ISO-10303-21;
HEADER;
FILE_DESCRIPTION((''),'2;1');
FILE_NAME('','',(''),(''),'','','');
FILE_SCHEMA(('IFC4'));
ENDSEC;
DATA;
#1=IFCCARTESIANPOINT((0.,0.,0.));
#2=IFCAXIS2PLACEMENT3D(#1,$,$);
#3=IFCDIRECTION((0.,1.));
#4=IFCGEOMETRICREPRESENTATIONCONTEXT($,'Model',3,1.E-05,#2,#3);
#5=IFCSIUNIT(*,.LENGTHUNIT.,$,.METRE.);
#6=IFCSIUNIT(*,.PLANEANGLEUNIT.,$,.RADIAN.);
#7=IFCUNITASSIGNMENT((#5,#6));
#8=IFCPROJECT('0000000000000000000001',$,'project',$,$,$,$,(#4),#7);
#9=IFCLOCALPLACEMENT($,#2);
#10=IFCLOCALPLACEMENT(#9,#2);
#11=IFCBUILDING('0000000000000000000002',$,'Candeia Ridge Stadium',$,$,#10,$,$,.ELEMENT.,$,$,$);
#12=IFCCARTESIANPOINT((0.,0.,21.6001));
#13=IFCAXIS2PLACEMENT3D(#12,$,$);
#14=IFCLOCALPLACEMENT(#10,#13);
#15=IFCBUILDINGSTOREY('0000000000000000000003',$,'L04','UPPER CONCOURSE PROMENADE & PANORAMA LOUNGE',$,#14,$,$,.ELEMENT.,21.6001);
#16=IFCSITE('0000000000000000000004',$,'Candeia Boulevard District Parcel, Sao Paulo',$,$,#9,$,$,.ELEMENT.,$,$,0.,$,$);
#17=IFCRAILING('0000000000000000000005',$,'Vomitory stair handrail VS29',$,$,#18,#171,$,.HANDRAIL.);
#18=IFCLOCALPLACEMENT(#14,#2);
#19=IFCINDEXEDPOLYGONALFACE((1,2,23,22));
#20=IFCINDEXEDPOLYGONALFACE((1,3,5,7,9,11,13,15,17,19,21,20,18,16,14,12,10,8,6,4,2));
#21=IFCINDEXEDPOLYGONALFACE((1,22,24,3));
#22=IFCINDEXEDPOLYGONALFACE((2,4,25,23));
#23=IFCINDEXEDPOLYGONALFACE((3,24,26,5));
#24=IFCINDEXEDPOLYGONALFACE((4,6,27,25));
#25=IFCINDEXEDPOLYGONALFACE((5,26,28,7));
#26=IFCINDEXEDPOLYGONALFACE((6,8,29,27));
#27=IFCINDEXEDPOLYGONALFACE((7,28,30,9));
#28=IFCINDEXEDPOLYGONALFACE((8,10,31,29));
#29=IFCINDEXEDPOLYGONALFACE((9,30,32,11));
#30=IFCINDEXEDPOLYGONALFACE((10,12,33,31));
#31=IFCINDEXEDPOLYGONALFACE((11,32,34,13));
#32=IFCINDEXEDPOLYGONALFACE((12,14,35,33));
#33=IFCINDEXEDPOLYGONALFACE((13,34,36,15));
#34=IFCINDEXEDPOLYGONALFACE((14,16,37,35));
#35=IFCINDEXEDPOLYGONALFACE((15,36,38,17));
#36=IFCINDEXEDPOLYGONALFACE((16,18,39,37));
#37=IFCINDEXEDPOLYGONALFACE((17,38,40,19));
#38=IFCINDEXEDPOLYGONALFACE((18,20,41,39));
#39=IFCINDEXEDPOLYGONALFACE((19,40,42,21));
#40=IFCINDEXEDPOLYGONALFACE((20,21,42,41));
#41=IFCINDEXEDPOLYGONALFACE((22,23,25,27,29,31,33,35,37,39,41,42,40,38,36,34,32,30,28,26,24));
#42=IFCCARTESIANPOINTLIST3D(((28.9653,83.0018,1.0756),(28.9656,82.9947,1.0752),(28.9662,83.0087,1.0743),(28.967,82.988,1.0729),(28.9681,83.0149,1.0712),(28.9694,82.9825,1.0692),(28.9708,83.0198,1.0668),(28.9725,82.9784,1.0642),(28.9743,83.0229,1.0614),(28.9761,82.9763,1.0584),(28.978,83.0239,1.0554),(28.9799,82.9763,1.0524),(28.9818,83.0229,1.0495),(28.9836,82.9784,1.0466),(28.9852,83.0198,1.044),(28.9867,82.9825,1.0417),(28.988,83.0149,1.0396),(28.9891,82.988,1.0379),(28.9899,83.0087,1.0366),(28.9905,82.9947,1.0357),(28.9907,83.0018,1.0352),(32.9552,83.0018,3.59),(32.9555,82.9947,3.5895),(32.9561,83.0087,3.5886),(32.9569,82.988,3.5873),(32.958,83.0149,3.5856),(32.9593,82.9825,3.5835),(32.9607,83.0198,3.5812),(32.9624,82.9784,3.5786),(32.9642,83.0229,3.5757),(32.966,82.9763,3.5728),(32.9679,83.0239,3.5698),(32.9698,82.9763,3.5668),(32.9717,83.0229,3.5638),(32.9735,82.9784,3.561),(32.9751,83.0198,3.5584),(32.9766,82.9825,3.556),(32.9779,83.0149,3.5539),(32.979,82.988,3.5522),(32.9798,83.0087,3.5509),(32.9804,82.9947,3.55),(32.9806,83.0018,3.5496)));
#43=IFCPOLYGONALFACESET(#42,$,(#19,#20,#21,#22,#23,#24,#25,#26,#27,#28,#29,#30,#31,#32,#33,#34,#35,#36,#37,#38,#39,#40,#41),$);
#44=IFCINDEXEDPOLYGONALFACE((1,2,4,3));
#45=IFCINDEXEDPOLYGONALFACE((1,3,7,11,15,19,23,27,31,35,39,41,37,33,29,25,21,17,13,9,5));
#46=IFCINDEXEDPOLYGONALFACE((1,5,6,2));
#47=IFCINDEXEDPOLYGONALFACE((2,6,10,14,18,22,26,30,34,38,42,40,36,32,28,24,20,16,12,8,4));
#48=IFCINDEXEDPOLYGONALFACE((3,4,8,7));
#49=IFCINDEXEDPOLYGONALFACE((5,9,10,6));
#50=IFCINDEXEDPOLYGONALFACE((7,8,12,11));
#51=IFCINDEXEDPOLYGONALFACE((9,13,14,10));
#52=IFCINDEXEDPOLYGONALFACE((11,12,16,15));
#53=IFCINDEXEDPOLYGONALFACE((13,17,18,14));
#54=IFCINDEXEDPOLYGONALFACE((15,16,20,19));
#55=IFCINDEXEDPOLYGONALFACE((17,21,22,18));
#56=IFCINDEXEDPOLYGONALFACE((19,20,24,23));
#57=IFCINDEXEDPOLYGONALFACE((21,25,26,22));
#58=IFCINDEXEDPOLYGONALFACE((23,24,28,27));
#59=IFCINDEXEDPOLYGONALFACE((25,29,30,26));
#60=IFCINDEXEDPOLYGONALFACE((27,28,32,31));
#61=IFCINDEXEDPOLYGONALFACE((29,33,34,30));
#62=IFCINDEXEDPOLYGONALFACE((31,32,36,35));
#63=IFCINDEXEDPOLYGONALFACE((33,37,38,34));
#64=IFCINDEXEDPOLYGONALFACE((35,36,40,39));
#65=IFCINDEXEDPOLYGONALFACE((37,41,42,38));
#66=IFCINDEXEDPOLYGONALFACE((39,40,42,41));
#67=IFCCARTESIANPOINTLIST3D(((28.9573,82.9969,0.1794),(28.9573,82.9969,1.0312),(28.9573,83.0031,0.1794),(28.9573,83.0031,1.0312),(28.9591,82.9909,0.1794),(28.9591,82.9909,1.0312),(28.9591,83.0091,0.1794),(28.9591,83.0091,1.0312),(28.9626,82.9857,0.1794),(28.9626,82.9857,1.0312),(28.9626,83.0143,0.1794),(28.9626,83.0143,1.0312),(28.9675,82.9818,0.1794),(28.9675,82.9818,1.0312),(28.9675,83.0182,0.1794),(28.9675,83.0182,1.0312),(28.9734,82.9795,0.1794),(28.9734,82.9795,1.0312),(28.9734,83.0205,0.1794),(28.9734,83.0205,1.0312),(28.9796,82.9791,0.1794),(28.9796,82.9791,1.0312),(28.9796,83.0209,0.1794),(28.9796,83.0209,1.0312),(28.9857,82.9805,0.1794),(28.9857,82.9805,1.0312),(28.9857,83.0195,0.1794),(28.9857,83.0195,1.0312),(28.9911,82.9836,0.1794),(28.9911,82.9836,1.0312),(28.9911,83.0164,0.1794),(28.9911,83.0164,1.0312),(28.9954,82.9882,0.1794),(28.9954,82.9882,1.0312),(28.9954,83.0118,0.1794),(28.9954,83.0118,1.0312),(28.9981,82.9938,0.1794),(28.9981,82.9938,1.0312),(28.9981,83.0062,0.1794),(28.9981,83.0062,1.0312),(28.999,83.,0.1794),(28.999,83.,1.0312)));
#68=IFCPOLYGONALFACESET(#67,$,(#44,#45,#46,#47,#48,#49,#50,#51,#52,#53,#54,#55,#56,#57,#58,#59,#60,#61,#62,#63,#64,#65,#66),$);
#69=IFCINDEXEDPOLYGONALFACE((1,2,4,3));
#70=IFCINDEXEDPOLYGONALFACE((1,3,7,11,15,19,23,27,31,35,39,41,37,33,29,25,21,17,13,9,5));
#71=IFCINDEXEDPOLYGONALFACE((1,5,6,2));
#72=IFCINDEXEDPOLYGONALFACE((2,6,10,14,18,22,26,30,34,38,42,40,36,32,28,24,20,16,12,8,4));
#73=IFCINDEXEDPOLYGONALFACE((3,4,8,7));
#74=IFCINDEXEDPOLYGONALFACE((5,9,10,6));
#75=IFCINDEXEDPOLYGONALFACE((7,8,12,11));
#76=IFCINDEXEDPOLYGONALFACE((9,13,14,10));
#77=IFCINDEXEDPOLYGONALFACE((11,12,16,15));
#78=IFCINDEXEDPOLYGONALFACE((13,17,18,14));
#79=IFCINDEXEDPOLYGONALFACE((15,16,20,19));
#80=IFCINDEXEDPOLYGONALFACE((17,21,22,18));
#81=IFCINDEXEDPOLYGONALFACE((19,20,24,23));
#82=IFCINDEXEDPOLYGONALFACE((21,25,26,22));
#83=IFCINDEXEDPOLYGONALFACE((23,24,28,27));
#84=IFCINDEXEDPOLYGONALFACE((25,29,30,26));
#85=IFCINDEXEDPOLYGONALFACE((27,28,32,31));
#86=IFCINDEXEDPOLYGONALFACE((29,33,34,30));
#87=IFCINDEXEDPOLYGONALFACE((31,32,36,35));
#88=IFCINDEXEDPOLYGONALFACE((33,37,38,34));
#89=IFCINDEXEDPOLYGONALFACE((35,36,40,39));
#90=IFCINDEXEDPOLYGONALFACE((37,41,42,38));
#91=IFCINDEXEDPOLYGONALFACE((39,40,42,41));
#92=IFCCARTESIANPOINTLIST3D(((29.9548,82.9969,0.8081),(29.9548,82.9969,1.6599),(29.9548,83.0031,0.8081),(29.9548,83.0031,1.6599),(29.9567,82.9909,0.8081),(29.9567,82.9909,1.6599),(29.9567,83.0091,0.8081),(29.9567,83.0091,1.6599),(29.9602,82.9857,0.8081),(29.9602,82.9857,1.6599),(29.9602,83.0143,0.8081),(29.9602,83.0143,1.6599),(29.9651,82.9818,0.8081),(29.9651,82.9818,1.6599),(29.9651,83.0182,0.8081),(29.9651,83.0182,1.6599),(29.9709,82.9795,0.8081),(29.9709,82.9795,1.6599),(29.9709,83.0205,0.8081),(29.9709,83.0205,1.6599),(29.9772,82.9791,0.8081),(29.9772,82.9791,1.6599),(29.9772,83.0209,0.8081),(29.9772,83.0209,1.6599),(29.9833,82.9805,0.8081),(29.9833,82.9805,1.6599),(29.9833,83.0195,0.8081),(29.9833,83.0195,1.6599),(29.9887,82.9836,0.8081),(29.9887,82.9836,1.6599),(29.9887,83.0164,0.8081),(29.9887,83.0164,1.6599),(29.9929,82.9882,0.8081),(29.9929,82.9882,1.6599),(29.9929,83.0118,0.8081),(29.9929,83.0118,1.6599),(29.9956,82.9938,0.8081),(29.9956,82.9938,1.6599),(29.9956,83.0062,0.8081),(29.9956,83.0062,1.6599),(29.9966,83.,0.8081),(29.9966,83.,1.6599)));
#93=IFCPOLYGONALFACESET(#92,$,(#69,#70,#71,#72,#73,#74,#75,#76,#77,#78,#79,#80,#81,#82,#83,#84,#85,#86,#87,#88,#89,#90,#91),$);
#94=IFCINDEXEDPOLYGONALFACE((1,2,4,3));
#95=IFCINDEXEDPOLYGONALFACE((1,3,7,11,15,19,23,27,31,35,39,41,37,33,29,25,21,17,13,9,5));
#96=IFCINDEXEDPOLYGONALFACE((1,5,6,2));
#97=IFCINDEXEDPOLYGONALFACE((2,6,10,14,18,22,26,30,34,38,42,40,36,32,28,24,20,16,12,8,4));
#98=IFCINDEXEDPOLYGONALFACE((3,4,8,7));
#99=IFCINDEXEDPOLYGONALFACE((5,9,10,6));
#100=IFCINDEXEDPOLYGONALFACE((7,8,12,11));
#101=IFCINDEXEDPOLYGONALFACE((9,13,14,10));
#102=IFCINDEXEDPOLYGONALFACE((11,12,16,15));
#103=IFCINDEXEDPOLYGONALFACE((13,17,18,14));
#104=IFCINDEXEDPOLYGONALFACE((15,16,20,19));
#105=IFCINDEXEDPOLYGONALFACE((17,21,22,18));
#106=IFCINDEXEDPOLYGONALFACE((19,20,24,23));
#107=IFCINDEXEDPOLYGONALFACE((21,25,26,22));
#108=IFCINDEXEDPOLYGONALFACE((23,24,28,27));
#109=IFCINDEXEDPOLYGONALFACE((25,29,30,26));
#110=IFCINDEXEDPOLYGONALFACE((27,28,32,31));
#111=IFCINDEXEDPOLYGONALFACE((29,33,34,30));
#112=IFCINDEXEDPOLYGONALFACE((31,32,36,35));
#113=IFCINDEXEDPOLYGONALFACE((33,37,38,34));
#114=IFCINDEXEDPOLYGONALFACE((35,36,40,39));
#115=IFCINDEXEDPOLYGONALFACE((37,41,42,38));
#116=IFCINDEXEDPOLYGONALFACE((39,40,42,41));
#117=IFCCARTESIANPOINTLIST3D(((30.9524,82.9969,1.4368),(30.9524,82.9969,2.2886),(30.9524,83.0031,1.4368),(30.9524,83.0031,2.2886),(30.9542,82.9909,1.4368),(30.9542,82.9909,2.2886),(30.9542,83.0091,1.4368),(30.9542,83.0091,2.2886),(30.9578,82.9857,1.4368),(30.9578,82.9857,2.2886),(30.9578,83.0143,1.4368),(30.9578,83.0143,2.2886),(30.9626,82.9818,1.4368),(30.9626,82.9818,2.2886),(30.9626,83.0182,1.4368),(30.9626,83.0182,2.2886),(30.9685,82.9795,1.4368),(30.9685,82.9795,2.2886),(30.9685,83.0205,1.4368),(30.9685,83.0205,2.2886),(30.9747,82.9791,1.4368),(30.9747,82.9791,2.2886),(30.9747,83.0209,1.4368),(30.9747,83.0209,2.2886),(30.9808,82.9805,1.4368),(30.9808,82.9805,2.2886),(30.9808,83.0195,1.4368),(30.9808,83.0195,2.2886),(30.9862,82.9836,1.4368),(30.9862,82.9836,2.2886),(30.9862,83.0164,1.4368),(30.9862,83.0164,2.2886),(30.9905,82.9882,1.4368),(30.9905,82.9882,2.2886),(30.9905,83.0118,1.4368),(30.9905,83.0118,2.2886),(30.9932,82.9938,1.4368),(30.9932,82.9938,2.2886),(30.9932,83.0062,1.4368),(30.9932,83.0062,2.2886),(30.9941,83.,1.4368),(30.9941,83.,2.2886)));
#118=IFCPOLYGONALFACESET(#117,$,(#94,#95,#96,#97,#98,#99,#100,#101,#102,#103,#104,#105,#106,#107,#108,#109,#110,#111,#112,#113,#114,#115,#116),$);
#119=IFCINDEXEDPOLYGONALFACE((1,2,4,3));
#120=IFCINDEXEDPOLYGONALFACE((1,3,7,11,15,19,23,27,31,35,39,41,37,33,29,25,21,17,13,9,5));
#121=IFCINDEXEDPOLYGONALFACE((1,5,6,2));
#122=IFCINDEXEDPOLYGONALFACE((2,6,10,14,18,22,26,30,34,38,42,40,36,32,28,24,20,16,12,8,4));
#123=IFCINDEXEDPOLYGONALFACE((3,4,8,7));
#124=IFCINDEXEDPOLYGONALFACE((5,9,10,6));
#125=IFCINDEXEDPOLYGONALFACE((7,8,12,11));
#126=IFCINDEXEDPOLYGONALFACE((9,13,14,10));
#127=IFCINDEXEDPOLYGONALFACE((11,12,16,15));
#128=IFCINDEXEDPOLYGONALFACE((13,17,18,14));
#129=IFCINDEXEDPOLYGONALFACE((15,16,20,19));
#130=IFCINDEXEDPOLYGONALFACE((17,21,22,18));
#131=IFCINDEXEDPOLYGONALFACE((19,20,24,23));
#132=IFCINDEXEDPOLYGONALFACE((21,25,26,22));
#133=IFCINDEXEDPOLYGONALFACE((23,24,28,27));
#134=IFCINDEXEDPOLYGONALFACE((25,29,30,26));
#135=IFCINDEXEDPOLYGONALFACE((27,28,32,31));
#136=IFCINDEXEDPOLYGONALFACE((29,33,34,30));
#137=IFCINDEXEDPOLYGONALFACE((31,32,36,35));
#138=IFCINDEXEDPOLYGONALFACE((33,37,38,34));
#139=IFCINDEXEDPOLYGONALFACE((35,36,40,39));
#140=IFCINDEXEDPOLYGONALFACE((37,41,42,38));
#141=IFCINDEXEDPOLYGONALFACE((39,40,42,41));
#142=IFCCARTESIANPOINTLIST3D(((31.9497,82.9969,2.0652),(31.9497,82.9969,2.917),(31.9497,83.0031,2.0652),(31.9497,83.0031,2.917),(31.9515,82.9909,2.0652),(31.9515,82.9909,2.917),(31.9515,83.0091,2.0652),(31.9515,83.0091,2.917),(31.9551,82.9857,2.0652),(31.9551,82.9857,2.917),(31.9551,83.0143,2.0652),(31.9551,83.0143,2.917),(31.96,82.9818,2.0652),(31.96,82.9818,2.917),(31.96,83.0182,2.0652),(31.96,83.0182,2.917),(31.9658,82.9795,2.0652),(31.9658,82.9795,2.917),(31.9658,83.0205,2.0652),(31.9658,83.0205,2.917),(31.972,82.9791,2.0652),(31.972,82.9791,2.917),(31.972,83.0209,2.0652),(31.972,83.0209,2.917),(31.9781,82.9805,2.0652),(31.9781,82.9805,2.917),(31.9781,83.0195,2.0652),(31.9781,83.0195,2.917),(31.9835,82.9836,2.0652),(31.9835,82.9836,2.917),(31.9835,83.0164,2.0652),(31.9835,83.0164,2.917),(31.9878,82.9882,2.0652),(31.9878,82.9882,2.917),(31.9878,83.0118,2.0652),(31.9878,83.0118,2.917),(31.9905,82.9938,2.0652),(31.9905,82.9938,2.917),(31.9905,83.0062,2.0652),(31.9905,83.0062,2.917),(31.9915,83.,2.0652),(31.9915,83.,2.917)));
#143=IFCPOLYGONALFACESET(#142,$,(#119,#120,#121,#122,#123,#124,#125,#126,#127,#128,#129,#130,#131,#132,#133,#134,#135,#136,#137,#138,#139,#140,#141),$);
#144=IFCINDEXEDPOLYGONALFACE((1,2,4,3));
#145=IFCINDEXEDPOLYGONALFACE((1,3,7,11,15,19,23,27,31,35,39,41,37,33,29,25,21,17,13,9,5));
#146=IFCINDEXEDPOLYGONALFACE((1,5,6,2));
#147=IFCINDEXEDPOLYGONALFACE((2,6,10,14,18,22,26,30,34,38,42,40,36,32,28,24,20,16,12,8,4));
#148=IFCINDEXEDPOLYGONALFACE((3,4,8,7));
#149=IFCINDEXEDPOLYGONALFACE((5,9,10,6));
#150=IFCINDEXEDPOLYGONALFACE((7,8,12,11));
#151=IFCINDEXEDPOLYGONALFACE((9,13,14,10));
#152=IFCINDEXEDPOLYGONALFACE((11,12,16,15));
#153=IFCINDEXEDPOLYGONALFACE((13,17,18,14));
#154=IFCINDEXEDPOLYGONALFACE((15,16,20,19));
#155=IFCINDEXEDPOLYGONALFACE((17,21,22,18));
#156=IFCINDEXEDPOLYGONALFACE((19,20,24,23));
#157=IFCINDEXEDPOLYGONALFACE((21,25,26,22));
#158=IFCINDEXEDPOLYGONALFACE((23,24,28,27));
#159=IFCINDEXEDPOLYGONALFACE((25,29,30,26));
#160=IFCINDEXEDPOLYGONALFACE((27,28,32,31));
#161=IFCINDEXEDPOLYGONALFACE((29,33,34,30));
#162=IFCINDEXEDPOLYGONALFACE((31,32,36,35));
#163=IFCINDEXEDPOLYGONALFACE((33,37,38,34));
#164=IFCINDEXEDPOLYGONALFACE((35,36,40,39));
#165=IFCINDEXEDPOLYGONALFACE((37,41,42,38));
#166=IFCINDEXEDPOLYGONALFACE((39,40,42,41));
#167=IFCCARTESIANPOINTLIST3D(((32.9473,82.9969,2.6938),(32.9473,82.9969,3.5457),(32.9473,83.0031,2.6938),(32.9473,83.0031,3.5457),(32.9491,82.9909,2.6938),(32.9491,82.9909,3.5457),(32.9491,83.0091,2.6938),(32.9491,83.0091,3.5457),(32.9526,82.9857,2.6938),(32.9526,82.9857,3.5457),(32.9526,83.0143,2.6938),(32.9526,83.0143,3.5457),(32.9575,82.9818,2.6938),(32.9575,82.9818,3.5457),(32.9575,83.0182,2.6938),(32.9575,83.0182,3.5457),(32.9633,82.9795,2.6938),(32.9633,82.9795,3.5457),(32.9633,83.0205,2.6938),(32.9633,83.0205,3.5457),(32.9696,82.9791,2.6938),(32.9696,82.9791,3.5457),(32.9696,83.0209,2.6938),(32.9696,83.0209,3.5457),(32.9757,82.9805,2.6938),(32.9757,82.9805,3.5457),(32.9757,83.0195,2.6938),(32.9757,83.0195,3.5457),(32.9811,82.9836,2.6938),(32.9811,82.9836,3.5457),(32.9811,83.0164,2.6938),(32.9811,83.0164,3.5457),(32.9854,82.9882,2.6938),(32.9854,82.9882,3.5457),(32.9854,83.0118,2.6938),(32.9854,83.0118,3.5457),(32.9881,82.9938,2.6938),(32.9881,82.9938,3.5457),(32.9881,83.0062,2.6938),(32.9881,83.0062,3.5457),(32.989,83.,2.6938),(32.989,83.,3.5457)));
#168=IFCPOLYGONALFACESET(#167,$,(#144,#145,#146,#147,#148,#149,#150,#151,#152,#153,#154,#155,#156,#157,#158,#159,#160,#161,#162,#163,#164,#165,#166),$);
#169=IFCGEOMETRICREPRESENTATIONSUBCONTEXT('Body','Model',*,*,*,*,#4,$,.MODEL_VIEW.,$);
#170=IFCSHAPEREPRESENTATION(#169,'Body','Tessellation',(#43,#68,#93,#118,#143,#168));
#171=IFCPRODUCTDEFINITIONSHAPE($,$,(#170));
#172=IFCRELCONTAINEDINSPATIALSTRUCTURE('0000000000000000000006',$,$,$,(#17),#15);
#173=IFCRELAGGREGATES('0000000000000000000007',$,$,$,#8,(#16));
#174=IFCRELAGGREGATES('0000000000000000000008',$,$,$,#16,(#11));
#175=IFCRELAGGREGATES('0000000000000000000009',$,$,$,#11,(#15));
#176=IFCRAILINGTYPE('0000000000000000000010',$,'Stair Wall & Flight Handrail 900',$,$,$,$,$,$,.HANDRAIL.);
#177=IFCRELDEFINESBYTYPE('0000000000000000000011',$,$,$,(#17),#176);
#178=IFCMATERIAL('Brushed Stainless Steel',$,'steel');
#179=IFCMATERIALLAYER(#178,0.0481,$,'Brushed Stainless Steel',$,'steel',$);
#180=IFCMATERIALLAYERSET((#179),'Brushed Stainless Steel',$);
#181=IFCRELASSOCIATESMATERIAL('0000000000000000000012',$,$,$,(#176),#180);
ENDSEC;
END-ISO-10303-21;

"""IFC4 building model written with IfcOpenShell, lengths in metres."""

from ifc_helpers import new_model, si_unit, direction, frame, origin, origin_2d, place, context, subcontext, project, spatial, circle, extrude, material, layer, layer_set, type_object, element, save


model = new_model("IFC4")

# Units and contexts
model_context = context("Model", 3, precision=1e-05, world=origin(), true_north=direction((0.0, 1.0)))
body_context = subcontext(model_context, "Body", "Model", "MODEL_VIEW")
ifc_project = project(units=[si_unit("LENGTHUNIT", "METRE"), si_unit("PLANEANGLEUNIT", "RADIAN")], contexts=[model_context])

# Site, building, storey
site_placement = place(None, origin())
site = spatial("IfcSite", under=ifc_project, at=site_placement, Name="Candeia Boulevard District Parcel, Sao Paulo", CompositionType="ELEMENT", RefElevation=0.0)
building_placement = place(site_placement, origin())
building = spatial("IfcBuilding", under=site, at=building_placement, Name="Candeia Ridge Stadium", CompositionType="ELEMENT")
storey_placement = place(building_placement, frame((0.0, 0.0, 21.6001)))
storey = spatial("IfcBuildingStorey", under=building, at=storey_placement, Name="L04", Description="UPPER CONCOURSE PROMENADE & PANORAMA LOUNGE", CompositionType="ELEMENT", Elevation=21.6001)

# Railing
ifc_material_1 = material(Name="Brushed Stainless Steel", Category="steel")
ifc_layer_1 = layer(ifc_material_1, 0.0481, Name="Brushed Stainless Steel", Category="steel")
ifc_layer_set_1 = layer_set([ifc_layer_1], Name="Brushed Stainless Steel")
railing_type_1 = type_object("IfcRailingType", Name="Stair Wall & Flight Handrail 900", PredefinedType="HANDRAIL", material=ifc_layer_set_1)
railing_1_placement = place(storey_placement, frame((28.978, 83.0, 0.1794)))
element("IfcRailing", 1, at=railing_1_placement, inside=storey, type_object=railing_type_1, Name="Vomitory stair handrail VS29", PredefinedType="HANDRAIL", context=body_context, shape_type="SweptSolid", body=[
    extrude(circle(Radius=0.0239, at=origin_2d()), frame((0.0, 0.0, 0.876), z_axis=(0.846024, 0.0, 0.533145), x_axis=(0.0, 1.0, 0.0)), (0.0, 0.0, 1.0), 4.7161),
    extrude(circle(Radius=0.021, at=origin_2d()), origin(), (0.0, 0.0, 1.0), 0.8518),
    extrude(circle(Radius=0.021, at=origin_2d()), frame((0.9976, 0.0, 0.6287)), (0.0, 0.0, 1.0), 0.8518),
    extrude(circle(Radius=0.021, at=origin_2d()), frame((1.9951, 0.0, 1.2573)), (0.0, 0.0, 1.0), 0.8518),
    extrude(circle(Radius=0.021, at=origin_2d()), frame((2.9924, 0.0, 1.8857)), (0.0, 0.0, 1.0), 0.8518),
    extrude(circle(Radius=0.021, at=origin_2d()), frame((3.99, 0.0, 2.5144)), (0.0, 0.0, 1.0), 0.8518),
])

save(model, "model.ifc")
